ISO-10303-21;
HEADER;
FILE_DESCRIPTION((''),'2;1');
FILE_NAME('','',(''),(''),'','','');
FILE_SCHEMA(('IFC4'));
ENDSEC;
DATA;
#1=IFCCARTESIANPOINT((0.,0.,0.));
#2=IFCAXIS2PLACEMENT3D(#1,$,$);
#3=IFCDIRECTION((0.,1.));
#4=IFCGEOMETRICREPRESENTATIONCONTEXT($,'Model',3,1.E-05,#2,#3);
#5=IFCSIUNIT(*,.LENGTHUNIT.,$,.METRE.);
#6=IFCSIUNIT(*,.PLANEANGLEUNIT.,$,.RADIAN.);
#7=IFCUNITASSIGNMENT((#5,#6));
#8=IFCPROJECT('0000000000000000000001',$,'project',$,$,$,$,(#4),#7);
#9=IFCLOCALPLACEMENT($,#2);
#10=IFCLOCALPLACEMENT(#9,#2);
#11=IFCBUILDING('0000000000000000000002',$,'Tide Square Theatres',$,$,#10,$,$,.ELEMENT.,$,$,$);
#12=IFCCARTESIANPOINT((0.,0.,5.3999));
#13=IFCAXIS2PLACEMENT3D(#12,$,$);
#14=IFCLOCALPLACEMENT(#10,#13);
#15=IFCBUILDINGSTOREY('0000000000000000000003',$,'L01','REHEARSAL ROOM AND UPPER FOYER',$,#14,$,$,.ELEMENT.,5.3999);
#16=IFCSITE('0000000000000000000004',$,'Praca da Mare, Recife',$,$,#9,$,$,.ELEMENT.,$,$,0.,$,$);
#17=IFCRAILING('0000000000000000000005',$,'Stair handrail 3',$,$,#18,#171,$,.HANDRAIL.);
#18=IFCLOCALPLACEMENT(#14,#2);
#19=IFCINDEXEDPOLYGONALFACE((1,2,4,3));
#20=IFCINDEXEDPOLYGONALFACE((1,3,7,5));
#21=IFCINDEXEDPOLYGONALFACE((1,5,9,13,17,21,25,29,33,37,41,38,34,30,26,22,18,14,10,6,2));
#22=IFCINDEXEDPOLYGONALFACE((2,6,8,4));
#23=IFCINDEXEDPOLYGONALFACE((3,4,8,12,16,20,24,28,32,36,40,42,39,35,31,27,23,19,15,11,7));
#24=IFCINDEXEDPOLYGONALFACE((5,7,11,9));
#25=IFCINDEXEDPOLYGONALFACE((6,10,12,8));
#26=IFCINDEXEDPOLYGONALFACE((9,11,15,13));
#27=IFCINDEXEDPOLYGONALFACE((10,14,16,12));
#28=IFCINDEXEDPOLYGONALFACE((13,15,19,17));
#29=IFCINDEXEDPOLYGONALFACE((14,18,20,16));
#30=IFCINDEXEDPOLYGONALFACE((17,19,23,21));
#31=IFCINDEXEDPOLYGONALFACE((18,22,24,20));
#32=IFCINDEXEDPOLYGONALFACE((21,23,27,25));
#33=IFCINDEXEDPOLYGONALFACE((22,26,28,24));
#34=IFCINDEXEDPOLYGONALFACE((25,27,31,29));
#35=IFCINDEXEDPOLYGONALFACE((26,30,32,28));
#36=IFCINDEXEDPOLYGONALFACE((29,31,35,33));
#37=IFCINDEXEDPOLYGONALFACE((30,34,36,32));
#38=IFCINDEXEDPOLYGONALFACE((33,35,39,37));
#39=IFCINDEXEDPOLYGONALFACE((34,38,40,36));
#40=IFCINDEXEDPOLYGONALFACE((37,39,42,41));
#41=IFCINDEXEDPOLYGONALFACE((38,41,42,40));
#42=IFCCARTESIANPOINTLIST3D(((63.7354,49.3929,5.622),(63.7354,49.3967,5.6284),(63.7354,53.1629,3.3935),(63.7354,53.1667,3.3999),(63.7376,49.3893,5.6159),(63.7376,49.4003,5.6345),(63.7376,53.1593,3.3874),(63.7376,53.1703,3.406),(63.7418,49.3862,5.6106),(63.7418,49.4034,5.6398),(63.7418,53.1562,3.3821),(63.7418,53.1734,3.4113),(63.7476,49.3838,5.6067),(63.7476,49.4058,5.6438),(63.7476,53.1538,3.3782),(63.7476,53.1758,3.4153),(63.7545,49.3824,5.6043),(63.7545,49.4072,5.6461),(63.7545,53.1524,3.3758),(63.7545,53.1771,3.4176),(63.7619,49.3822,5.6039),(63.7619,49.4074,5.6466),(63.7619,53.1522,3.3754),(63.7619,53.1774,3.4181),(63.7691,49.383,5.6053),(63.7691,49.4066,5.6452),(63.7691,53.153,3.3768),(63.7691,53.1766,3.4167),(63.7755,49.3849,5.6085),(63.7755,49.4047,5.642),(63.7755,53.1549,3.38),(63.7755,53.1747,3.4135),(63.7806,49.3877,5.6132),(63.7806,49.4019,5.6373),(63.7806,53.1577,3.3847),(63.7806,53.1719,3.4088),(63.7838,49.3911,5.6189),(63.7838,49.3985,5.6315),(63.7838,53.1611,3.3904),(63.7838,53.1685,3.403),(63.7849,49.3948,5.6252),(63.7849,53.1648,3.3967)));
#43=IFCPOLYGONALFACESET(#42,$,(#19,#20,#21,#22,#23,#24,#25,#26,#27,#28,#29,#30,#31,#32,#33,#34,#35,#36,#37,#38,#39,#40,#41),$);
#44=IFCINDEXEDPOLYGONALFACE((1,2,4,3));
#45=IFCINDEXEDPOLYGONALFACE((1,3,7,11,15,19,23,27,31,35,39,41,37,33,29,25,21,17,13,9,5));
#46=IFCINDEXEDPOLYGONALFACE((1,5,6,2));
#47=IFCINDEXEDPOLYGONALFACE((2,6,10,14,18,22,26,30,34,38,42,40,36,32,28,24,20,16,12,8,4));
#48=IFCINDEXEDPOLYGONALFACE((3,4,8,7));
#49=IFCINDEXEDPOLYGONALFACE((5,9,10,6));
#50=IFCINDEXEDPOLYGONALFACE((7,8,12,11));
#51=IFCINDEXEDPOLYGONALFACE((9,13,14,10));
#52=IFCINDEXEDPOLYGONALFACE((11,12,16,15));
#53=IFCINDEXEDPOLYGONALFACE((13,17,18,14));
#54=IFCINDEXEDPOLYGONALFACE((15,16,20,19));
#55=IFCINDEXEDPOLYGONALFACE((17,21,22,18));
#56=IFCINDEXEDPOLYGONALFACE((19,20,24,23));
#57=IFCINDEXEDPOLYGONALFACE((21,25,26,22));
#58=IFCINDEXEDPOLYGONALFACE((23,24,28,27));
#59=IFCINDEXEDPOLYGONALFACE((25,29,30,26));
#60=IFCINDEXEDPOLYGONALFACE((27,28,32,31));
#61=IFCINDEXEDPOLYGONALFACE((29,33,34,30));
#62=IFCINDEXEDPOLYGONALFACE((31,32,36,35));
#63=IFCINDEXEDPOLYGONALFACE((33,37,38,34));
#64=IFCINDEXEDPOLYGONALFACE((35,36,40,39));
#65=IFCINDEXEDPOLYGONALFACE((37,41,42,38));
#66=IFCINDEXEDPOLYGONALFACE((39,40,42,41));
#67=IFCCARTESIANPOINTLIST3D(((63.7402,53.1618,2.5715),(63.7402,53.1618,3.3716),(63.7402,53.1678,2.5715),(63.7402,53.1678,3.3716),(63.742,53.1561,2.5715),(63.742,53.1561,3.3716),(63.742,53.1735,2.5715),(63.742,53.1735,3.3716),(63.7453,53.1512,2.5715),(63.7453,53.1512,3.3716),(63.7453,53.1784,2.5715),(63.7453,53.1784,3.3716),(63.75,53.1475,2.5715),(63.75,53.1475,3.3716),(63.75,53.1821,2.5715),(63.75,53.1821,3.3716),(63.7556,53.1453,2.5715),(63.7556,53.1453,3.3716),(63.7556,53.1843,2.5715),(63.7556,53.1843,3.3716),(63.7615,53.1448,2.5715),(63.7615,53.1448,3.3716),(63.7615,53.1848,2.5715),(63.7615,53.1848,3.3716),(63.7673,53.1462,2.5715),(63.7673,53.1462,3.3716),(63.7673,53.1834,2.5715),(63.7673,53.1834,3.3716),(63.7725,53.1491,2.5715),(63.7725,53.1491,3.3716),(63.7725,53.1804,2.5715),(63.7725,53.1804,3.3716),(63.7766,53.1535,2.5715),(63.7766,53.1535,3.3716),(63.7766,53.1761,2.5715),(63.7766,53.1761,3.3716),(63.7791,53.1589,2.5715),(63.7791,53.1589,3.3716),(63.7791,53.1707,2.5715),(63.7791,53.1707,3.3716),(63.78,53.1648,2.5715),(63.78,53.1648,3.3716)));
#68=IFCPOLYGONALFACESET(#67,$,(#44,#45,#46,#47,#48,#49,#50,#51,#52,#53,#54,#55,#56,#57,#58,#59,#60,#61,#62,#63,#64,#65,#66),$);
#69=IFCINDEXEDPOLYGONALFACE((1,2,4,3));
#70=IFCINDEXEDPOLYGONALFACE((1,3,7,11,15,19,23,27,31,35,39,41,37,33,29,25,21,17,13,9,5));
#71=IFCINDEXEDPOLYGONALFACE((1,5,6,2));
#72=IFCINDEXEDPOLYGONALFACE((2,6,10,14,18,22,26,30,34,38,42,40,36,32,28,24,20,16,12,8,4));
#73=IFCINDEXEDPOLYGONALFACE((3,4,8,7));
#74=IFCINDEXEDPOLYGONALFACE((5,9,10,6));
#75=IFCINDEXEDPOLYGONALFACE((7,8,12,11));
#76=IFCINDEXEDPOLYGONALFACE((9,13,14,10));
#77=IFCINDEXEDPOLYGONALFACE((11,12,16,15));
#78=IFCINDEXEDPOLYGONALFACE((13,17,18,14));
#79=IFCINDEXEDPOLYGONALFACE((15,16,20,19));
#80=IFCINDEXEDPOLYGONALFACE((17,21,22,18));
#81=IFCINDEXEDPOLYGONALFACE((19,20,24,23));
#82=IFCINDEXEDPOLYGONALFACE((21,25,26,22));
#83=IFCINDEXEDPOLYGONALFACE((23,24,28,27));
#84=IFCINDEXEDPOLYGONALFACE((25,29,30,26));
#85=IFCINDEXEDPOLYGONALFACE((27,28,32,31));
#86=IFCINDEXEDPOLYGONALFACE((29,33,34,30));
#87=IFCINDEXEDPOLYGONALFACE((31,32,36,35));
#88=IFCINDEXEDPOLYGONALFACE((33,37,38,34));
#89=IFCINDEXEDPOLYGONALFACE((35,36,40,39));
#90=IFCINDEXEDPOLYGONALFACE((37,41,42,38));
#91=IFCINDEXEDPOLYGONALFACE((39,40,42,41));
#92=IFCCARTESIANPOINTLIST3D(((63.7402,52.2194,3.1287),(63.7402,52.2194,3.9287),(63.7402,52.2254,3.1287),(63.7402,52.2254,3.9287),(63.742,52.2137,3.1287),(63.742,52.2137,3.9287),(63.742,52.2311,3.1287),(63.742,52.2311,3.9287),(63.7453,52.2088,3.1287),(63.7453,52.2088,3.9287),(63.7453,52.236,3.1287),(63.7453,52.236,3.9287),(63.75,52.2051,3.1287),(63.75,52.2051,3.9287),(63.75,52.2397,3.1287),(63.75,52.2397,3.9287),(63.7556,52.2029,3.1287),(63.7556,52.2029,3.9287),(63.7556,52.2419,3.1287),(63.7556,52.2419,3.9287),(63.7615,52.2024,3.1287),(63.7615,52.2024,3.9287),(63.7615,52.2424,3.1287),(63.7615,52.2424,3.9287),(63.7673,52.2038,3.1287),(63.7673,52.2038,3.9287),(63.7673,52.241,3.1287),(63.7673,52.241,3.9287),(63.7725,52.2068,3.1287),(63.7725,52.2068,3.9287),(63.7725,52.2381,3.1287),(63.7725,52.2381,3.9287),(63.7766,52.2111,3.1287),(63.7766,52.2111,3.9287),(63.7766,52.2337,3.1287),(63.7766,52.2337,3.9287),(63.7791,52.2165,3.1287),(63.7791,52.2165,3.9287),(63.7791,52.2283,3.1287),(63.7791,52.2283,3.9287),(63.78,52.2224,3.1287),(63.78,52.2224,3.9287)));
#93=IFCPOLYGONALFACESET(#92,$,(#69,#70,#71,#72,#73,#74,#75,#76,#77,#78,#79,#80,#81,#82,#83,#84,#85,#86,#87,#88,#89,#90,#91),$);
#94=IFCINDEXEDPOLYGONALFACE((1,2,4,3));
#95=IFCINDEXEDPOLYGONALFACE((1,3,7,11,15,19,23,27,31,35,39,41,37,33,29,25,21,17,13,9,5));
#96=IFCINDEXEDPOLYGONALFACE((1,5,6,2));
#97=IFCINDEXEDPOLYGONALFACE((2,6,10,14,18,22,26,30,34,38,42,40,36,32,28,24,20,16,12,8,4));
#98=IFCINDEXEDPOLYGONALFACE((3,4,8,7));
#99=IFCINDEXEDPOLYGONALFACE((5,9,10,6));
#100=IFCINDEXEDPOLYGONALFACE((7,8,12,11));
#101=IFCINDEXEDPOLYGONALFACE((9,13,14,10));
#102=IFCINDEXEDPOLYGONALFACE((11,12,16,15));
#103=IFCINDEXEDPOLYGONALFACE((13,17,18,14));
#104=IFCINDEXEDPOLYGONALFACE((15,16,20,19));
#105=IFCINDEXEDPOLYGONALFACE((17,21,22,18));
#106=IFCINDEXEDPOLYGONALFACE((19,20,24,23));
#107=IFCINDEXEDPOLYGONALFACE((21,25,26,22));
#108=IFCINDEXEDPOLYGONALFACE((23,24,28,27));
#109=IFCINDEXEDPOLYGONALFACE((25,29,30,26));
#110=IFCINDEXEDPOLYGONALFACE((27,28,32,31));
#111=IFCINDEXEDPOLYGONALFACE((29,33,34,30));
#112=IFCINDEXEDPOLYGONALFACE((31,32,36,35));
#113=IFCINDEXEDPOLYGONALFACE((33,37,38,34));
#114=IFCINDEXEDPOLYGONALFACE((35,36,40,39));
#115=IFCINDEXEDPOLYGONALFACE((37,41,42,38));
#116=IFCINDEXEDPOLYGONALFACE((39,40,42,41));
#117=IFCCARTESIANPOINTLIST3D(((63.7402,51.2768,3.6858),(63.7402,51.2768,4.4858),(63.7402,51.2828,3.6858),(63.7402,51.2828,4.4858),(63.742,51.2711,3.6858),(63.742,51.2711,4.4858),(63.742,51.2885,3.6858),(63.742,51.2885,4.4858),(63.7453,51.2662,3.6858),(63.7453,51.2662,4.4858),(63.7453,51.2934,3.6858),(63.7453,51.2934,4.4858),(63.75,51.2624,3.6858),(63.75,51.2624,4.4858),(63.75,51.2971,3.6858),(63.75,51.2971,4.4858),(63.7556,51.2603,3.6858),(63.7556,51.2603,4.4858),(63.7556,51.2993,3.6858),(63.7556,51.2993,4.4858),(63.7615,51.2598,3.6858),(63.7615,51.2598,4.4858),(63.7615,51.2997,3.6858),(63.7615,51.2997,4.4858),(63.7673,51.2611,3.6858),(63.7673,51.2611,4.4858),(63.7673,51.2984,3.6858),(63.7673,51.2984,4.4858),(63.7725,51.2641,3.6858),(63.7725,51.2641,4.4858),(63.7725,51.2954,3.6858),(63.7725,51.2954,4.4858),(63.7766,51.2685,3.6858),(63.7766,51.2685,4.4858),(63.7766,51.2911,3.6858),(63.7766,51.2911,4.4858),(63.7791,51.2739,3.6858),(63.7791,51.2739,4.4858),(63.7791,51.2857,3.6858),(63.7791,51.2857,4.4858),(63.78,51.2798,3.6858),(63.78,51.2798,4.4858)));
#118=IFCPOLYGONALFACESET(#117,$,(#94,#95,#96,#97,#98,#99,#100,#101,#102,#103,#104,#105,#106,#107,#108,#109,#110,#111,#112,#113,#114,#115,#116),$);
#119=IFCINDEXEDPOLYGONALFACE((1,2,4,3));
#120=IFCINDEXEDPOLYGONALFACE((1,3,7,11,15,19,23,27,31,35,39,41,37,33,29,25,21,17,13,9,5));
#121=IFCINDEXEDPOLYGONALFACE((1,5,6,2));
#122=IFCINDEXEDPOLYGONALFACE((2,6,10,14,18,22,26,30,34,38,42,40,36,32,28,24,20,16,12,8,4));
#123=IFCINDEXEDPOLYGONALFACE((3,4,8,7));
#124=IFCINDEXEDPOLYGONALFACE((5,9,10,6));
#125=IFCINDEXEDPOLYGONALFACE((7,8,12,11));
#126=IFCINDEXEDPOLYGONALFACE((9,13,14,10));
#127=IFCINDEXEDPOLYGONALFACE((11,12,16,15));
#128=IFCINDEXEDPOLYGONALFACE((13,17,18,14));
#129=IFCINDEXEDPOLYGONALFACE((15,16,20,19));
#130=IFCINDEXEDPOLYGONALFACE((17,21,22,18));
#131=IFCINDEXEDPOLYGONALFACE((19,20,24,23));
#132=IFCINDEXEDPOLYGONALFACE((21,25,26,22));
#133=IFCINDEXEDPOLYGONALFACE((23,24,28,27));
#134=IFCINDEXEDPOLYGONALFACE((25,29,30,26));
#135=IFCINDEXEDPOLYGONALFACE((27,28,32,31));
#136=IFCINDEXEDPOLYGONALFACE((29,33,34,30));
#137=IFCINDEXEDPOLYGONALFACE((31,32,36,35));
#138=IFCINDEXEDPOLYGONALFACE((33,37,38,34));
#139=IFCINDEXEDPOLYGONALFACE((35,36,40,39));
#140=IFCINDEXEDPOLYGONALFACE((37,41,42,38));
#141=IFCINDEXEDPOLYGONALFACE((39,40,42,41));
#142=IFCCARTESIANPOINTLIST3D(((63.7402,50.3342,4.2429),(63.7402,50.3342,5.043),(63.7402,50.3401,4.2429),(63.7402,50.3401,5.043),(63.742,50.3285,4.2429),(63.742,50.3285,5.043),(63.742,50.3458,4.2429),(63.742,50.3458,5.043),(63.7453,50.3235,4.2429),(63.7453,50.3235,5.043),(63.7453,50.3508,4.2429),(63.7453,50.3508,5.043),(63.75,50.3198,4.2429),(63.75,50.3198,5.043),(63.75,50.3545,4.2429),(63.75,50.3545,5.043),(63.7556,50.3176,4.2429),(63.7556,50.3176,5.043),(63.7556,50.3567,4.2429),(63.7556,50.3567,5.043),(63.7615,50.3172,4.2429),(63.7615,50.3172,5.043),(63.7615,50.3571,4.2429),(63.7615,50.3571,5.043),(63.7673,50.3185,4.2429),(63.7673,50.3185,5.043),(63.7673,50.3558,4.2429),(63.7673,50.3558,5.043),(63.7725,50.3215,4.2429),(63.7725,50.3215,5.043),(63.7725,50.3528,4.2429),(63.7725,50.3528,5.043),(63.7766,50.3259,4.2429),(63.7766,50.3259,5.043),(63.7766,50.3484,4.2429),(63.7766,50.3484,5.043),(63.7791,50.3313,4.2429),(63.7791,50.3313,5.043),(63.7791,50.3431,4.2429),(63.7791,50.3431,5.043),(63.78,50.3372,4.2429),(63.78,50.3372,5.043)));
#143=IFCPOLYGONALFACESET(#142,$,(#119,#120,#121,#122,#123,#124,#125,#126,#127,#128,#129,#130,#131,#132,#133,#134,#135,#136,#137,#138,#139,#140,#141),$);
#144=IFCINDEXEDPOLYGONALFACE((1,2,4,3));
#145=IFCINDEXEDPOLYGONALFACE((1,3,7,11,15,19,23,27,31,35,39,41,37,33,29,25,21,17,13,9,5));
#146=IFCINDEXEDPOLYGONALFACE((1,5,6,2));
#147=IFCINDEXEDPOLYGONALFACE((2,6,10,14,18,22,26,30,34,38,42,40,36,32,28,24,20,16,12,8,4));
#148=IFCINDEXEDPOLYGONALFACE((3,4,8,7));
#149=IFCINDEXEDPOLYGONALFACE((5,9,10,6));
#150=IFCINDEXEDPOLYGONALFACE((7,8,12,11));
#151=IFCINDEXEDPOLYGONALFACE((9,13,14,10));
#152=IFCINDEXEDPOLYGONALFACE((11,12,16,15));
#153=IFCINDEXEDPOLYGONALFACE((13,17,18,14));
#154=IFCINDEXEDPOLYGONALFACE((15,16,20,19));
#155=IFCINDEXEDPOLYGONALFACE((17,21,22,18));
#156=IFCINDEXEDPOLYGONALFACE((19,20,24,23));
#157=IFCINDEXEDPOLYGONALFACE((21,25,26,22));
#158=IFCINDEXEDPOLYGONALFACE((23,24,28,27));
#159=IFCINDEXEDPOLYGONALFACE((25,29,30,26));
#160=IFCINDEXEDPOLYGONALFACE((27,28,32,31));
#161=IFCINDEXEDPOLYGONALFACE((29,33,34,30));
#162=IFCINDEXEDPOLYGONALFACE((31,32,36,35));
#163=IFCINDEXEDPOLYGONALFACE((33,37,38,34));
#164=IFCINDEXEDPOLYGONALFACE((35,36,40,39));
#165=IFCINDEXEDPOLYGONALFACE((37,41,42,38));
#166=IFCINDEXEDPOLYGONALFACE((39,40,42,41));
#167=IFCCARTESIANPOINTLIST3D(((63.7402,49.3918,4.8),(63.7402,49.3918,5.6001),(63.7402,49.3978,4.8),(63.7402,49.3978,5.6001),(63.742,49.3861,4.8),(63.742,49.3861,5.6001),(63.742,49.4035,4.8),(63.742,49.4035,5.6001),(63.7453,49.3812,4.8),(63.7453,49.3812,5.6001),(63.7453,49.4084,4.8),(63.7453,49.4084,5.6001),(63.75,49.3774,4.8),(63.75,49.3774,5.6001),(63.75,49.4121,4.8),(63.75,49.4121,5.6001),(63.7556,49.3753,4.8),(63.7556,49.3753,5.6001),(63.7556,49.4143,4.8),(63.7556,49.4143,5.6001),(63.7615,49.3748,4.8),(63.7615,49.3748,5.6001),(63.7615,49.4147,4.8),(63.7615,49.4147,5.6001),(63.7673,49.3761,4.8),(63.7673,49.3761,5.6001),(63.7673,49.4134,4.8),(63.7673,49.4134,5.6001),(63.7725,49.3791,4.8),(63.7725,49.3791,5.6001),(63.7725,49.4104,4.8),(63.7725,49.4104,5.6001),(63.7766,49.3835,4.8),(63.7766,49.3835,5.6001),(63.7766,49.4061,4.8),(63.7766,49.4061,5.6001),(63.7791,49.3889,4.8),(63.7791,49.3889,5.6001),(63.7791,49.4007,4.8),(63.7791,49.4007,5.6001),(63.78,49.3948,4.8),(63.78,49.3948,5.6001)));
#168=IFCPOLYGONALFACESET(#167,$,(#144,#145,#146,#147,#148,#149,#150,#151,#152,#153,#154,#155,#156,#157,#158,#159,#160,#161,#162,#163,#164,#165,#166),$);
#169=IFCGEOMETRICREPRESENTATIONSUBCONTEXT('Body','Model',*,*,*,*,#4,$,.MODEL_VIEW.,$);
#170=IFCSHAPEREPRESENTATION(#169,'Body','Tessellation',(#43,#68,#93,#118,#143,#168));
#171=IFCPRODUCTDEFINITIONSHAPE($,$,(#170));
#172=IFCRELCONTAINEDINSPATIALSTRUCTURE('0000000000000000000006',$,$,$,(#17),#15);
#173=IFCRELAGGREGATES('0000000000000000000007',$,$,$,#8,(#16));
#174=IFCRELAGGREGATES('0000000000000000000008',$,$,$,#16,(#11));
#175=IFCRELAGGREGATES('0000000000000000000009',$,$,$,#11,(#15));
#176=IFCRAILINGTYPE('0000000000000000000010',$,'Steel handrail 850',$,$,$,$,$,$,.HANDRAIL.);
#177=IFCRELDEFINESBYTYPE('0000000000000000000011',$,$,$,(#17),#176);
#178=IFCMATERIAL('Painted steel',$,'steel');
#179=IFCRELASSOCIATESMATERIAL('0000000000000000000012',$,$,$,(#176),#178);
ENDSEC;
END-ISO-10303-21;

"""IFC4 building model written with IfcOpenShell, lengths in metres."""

from ifc_helpers import new_model, si_unit, direction, frame, origin, origin_2d, place, context, subcontext, project, spatial, circle, extrude, material, type_object, element, save


model = new_model("IFC4")

# Units and contexts
model_context = context("Model", 3, precision=1e-05, world=origin(), true_north=direction((0.0, 1.0)))
body_context = subcontext(model_context, "Body", "Model", "MODEL_VIEW")
ifc_project = project(units=[si_unit("LENGTHUNIT", "METRE"), si_unit("PLANEANGLEUNIT", "RADIAN")], contexts=[model_context])

# Site, building, storey
site_placement = place(None, origin())
site = spatial("IfcSite", under=ifc_project, at=site_placement, Name="Praca da Mare, Recife", CompositionType="ELEMENT", RefElevation=0.0)
building_placement = place(site_placement, origin())
building = spatial("IfcBuilding", under=site, at=building_placement, Name="Tide Square Theatres", CompositionType="ELEMENT")
storey_placement = place(building_placement, frame((0.0, 0.0, 5.3999)))
storey = spatial("IfcBuildingStorey", under=building, at=storey_placement, Name="L01", Description="REHEARSAL ROOM AND UPPER FOYER", CompositionType="ELEMENT", Elevation=5.3999)

# Railing
ifc_material_1 = material(Name="Painted steel", Category="steel")
railing_type = type_object("IfcRailingType", Name="Steel handrail 850", PredefinedType="HANDRAIL", material=ifc_material_1)
for number, where, name in (
    (1, (63.76, 53.1648, 2.5715), "Stair handrail 3"),
):
    element("IfcRailing", number, at=place(storey_placement, frame(where)), inside=storey, type_object=railing_type, Name=name, PredefinedType="HANDRAIL", context=body_context, shape_type="SweptSolid", body=[
        extrude(circle(Radius=0.0249, at=origin_2d()), frame((0.0, 0.0, 0.8252), z_axis=(0.0, -0.860849, 0.508861), x_axis=(1.0, 0.0, 0.0)), (0.0, 0.0, 1.0), 4.3794),
        extrude(circle(Radius=0.02, at=origin_2d()), origin(), (0.0, 0.0, 1.0), 0.8),
        extrude(circle(Radius=0.02, at=origin_2d()), frame((0.0, -0.9424, 0.5571)), (0.0, 0.0, 1.0), 0.8),
        extrude(circle(Radius=0.02, at=origin_2d()), frame((0.0, -1.885, 1.1143)), (0.0, 0.0, 1.0), 0.8),
        extrude(circle(Radius=0.02, at=origin_2d()), frame((0.0, -2.8276, 1.6714)), (0.0, 0.0, 1.0), 0.8),
        extrude(circle(Radius=0.02, at=origin_2d()), frame((0.0, -3.77, 2.2285)), (0.0, 0.0, 1.0), 0.8),
    ])

save(model, "model.ifc")
